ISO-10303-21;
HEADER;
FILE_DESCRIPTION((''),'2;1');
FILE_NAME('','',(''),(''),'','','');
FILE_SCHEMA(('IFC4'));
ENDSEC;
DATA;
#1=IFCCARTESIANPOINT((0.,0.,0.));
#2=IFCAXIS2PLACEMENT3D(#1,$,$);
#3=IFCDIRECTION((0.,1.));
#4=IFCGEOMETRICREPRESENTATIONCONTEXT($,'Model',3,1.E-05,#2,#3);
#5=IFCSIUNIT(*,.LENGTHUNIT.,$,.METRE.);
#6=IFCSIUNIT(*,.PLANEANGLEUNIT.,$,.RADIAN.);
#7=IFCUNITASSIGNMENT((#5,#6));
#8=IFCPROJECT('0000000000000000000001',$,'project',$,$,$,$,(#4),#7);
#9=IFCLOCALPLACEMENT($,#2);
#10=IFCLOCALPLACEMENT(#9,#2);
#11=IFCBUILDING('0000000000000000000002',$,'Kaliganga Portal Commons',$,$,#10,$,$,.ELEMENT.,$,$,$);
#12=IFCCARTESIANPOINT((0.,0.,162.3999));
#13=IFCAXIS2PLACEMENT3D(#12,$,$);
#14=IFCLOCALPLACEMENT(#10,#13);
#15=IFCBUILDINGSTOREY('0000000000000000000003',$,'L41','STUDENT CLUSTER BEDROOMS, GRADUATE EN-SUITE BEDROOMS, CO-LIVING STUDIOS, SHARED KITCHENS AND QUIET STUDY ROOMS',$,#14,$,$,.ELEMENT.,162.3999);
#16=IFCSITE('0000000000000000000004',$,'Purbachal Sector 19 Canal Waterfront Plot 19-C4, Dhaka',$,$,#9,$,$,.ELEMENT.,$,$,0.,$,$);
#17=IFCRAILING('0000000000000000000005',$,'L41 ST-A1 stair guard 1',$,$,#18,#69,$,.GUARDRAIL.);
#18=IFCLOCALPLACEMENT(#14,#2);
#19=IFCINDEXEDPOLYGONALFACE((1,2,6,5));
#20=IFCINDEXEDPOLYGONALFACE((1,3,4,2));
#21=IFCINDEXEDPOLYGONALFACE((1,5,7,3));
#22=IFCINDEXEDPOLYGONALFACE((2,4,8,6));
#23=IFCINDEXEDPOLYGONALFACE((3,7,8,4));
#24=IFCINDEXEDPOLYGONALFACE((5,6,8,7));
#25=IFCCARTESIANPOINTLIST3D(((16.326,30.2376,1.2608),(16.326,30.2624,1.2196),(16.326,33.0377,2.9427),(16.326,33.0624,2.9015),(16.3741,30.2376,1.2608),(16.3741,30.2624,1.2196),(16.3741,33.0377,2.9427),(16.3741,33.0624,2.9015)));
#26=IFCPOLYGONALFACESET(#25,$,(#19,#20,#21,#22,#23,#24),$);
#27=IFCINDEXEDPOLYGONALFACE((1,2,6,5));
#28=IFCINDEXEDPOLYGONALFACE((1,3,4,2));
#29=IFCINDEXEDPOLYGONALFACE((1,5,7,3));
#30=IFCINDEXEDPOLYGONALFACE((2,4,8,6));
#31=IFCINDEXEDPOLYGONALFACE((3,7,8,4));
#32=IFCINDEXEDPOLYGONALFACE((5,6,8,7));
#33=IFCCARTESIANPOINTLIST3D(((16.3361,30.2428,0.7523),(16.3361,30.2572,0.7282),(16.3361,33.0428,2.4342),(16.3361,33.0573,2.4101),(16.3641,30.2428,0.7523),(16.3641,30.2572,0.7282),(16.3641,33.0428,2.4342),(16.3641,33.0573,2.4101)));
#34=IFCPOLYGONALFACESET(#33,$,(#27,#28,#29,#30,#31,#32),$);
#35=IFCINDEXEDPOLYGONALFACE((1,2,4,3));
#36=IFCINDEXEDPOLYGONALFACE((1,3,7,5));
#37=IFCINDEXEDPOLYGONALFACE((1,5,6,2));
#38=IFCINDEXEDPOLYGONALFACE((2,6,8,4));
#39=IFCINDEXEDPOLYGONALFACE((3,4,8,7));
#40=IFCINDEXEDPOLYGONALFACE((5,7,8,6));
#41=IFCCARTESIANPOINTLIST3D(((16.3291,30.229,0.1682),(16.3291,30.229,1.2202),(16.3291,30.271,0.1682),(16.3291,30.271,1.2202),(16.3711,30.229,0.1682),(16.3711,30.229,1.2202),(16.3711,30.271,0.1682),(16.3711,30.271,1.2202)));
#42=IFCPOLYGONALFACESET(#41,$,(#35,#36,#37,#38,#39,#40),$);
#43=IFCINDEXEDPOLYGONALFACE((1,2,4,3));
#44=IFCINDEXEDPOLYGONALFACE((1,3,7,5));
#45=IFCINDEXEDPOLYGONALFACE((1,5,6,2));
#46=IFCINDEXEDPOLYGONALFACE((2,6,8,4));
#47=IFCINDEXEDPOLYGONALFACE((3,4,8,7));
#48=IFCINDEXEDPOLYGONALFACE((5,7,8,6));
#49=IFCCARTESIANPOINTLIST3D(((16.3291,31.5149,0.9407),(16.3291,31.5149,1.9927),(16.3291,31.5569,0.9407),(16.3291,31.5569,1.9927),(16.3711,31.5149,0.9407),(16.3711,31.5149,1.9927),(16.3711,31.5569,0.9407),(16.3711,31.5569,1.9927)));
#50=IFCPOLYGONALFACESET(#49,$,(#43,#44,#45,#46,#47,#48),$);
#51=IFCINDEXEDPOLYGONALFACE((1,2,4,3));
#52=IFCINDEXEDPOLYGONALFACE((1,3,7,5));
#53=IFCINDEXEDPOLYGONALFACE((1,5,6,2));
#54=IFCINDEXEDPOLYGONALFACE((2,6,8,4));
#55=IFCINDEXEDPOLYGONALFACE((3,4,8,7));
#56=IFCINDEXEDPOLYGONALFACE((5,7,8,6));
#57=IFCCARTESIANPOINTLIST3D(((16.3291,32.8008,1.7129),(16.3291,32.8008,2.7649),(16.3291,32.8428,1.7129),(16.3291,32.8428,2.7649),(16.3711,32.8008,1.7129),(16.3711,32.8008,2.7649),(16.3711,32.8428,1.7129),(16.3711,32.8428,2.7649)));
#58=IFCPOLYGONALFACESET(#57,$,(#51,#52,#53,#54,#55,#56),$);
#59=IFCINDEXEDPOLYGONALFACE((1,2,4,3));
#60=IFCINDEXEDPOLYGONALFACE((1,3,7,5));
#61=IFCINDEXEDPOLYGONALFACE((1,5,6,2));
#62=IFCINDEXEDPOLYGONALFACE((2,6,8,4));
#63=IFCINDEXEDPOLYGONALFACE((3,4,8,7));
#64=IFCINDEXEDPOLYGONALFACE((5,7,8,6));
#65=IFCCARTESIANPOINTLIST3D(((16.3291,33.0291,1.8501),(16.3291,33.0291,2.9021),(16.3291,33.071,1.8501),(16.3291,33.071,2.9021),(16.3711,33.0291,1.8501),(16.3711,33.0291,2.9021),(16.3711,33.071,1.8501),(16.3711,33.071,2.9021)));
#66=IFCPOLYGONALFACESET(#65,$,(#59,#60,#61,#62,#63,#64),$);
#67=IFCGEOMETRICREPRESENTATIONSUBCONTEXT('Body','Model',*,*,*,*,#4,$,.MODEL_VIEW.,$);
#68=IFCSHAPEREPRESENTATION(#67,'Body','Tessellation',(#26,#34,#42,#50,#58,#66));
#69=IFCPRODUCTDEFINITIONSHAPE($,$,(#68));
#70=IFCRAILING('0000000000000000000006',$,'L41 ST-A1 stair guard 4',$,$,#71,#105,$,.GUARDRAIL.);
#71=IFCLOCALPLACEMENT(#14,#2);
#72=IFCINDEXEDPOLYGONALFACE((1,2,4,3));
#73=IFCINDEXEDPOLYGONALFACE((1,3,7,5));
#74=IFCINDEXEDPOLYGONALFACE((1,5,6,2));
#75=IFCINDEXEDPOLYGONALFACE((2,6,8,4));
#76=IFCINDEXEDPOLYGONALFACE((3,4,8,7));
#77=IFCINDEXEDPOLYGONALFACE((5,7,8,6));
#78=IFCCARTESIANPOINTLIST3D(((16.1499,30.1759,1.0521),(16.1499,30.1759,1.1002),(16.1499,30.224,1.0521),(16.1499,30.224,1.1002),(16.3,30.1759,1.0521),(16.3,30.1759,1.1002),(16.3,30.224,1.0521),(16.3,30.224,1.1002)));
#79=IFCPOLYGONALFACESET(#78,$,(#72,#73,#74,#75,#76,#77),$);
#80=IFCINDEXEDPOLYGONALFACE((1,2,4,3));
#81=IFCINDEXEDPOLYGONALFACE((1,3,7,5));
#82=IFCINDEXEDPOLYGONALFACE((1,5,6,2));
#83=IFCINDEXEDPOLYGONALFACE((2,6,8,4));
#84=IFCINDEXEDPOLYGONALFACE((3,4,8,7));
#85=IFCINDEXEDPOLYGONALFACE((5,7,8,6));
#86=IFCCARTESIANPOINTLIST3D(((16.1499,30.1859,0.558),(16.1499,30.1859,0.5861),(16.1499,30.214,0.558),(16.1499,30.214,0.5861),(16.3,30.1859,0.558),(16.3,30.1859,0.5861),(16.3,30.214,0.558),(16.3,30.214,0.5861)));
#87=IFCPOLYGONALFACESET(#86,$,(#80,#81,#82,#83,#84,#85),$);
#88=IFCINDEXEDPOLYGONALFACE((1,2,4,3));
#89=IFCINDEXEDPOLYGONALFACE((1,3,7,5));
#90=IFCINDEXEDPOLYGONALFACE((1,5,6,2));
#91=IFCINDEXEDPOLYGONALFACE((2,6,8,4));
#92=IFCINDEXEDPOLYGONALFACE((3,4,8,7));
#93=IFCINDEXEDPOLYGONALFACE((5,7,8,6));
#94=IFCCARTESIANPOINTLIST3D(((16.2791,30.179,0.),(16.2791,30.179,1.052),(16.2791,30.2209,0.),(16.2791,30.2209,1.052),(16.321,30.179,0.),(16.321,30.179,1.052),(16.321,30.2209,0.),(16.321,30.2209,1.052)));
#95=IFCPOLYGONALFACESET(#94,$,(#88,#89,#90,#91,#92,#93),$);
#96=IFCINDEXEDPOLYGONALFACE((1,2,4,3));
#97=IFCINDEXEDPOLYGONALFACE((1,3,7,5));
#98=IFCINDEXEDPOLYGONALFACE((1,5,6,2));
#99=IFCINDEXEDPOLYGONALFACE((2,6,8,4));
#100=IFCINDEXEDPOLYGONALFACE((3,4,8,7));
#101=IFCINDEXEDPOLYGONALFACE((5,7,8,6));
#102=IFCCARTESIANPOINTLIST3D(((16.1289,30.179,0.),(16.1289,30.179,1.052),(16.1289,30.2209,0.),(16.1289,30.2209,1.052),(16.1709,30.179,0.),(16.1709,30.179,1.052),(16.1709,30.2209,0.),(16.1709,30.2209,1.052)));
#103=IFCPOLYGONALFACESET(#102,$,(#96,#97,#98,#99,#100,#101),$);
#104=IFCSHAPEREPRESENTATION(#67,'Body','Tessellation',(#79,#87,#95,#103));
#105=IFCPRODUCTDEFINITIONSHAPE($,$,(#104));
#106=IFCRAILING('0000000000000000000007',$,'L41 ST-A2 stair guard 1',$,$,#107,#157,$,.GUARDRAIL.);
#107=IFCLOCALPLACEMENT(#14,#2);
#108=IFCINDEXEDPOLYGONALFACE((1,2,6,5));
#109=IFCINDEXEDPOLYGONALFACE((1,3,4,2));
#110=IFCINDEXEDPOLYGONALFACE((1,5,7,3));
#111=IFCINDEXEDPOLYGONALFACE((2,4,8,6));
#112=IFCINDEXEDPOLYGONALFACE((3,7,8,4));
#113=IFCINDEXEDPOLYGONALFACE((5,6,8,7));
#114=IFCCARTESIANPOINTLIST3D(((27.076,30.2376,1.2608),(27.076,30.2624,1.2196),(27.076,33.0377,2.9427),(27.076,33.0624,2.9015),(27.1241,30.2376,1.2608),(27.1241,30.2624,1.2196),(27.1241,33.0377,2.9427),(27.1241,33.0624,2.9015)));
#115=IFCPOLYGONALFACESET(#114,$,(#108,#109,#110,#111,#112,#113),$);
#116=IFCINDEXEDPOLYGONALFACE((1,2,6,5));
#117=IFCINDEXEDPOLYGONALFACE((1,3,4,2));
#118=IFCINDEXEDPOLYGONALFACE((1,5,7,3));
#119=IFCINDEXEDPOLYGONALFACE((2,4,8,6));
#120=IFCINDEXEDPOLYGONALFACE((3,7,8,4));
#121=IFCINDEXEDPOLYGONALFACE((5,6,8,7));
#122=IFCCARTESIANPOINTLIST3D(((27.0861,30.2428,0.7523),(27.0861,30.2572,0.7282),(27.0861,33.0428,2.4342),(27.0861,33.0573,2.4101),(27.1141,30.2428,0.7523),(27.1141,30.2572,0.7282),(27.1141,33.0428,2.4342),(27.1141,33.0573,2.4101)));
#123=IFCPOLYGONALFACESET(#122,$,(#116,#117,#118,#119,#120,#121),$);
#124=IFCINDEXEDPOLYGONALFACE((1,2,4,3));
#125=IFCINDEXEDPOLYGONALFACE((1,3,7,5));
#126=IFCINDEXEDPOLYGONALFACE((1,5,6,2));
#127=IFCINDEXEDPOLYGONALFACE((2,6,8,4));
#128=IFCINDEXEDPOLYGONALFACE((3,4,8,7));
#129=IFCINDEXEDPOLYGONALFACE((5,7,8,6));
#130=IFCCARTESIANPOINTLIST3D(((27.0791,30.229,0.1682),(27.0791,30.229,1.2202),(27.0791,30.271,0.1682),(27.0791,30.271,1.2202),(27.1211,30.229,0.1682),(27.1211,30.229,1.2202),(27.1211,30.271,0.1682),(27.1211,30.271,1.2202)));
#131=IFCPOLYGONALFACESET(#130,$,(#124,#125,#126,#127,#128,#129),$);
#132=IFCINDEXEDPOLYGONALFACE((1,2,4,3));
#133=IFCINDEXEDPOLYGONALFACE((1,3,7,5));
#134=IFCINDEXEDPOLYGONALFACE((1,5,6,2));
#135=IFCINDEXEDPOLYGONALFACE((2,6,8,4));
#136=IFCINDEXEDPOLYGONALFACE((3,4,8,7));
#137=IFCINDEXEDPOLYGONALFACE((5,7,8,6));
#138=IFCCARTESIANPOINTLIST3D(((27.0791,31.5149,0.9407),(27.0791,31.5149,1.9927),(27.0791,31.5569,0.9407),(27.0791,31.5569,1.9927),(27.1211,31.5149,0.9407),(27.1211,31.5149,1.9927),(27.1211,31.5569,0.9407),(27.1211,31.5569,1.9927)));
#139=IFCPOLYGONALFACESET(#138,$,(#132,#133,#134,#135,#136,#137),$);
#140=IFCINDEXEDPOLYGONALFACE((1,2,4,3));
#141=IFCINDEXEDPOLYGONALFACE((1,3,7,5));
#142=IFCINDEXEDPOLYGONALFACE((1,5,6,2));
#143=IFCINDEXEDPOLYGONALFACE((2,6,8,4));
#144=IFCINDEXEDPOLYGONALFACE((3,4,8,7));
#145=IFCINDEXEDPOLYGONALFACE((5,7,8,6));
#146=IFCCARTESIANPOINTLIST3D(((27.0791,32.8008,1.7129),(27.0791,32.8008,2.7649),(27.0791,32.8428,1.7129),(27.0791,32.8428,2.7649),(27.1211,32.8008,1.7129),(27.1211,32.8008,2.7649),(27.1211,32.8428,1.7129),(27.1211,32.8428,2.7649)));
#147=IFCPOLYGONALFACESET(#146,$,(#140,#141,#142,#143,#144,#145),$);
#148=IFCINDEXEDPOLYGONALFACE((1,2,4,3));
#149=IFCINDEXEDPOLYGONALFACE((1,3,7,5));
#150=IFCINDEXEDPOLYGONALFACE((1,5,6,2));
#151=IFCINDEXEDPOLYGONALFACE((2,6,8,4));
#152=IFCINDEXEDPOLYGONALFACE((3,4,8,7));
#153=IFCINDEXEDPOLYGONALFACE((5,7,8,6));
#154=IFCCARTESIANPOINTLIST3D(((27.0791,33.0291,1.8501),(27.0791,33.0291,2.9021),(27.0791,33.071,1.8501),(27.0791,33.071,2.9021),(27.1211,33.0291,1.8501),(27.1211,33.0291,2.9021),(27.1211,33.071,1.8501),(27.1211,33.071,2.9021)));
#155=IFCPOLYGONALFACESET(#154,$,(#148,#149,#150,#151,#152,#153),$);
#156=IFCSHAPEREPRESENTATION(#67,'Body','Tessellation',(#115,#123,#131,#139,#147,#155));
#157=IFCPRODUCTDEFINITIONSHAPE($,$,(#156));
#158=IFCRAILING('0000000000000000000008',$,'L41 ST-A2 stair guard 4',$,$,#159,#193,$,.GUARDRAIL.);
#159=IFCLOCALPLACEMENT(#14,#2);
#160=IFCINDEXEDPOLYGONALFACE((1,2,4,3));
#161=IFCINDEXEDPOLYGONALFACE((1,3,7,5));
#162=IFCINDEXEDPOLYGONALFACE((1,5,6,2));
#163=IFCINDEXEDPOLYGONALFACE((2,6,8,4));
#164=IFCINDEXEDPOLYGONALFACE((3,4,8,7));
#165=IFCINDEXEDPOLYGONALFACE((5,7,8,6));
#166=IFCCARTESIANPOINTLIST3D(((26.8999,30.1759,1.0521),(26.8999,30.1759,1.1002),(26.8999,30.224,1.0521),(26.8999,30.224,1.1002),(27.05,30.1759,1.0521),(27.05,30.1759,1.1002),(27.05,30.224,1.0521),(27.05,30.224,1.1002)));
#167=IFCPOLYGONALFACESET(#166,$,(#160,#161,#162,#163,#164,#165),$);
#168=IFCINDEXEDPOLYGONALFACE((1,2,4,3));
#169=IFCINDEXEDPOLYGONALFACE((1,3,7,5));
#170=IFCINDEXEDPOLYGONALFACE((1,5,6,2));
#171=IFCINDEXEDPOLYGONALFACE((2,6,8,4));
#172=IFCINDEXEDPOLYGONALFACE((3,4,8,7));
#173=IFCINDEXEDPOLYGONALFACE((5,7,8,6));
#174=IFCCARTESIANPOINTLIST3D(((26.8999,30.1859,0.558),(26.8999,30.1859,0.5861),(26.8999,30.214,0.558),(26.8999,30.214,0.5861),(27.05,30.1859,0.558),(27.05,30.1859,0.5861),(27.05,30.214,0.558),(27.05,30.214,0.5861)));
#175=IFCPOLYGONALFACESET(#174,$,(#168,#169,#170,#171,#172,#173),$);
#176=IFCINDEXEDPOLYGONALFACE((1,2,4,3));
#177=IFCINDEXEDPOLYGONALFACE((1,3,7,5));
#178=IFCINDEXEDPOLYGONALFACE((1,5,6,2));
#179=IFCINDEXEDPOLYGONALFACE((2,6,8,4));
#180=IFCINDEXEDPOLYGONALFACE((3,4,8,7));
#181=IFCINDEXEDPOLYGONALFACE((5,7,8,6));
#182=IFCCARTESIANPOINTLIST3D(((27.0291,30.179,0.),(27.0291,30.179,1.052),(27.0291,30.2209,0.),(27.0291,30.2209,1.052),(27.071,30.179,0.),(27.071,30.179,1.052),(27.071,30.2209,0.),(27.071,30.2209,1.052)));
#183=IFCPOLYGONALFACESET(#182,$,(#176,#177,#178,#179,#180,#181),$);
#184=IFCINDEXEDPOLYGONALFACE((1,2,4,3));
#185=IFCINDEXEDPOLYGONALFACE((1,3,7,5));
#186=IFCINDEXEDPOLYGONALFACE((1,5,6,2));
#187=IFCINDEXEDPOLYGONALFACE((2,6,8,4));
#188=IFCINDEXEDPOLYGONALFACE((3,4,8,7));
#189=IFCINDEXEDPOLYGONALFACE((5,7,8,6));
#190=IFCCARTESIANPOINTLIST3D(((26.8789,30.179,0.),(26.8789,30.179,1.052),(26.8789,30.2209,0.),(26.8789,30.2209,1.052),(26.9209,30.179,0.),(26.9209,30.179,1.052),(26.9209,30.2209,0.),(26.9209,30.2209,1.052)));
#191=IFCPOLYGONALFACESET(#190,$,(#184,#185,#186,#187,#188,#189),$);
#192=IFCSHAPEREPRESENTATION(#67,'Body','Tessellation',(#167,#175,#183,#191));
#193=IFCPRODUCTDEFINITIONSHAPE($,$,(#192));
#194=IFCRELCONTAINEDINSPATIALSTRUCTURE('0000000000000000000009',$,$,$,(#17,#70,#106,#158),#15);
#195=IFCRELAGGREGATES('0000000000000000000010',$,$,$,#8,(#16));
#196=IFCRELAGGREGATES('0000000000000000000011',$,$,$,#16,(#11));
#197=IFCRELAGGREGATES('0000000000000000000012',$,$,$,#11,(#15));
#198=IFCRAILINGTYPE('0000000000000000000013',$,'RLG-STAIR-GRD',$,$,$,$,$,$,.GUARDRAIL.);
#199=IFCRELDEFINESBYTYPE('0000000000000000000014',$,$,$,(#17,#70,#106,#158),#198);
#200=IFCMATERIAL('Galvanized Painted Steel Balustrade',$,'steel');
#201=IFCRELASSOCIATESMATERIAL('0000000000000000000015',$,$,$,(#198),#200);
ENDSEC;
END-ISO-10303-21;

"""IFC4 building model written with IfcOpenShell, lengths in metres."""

from ifc_helpers import new_model, si_unit, direction, frame, origin, origin_2d, place, context, subcontext, project, spatial, rectangle, extrude, material, type_object, element, save


model = new_model("IFC4")

# Units and contexts
model_context = context("Model", 3, precision=1e-05, world=origin(), true_north=direction((0.0, 1.0)))
body_context = subcontext(model_context, "Body", "Model", "MODEL_VIEW")
ifc_project = project(units=[si_unit("LENGTHUNIT", "METRE"), si_unit("PLANEANGLEUNIT", "RADIAN")], contexts=[model_context])

# Site, building, storey
site_placement = place(None, origin())
site = spatial("IfcSite", under=ifc_project, at=site_placement, Name="Purbachal Sector 19 Canal Waterfront Plot 19-C4, Dhaka", CompositionType="ELEMENT", RefElevation=0.0)
building_placement = place(site_placement, origin())
building = spatial("IfcBuilding", under=site, at=building_placement, Name="Kaliganga Portal Commons", CompositionType="ELEMENT")
storey_placement = place(building_placement, frame((0.0, 0.0, 162.3999)))
storey = spatial("IfcBuildingStorey", under=building, at=storey_placement, Name="L41", Description="STUDENT CLUSTER BEDROOMS, GRADUATE EN-SUITE BEDROOMS, CO-LIVING STUDIOS, SHARED KITCHENS AND QUIET STUDY ROOMS", CompositionType="ELEMENT", Elevation=162.3999)

# Railings
ifc_material_1 = material(Name="Galvanized Painted Steel Balustrade", Category="steel")
railing_type_1 = type_object("IfcRailingType", Name="RLG-STAIR-GRD", PredefinedType="GUARDRAIL", material=ifc_material_1)
railing_1_placement = place(storey_placement, frame((16.3501, 30.25, 0.1682)))
element("IfcRailing", 1, at=railing_1_placement, inside=storey, type_object=railing_type_1, Name="L41 ST-A1 stair guard 1", PredefinedType="GUARDRAIL", context=body_context, shape_type="SweptSolid", body=[
    extrude(rectangle(XDim=0.0481, YDim=0.0481, at=origin_2d()), frame((0.0, 0.0, 1.072), z_axis=(0.0, 0.857242, 0.514913), x_axis=(-1.0, 0.0, 0.0)), (0.0, 0.0, 1.0), 3.2664),
    extrude(rectangle(XDim=0.0281, YDim=0.0281, at=origin_2d()), frame((0.0, 0.0, 0.572), z_axis=(0.0, 0.857242, 0.514913), x_axis=(-1.0, 0.0, 0.0)), (0.0, 0.0, 1.0), 3.2664),
    extrude(rectangle(XDim=0.042, YDim=0.042, at=origin_2d()), origin(), (0.0, 0.0, 1.0), 1.052),
    extrude(rectangle(XDim=0.042, YDim=0.042, at=origin_2d()), frame((0.0, 1.2859, 0.7725)), (0.0, 0.0, 1.0), 1.052),
    extrude(rectangle(XDim=0.042, YDim=0.042, at=origin_2d()), frame((0.0, 2.5718, 1.5447)), (0.0, 0.0, 1.0), 1.052),
    extrude(rectangle(XDim=0.042, YDim=0.042, at=origin_2d()), frame((0.0, 2.8, 1.6819)), (0.0, 0.0, 1.0), 1.052),
])
railing_2_placement = place(storey_placement, frame((16.3, 30.2, 0.0)))
element("IfcRailing", 2, at=railing_2_placement, inside=storey, type_object=railing_type_1, Name="L41 ST-A1 stair guard 4", PredefinedType="GUARDRAIL", context=body_context, shape_type="SweptSolid", body=[
    extrude(rectangle(XDim=0.0481, YDim=0.0481, at=origin_2d()), frame((0.0, 0.0, 1.0762), z_axis=(-1.0, 0.0, 0.0), x_axis=(0.0, -1.0, 0.0)), (0.0, 0.0, 1.0), 0.1501),
    extrude(rectangle(XDim=0.0281, YDim=0.0281, at=origin_2d()), frame((0.0, 0.0, 0.572), z_axis=(-1.0, 0.0, 0.0), x_axis=(0.0, -1.0, 0.0)), (0.0, 0.0, 1.0), 0.1501),
    extrude(rectangle(XDim=0.042, YDim=0.042, at=origin_2d()), origin(), (0.0, 0.0, 1.0), 1.052),
    extrude(rectangle(XDim=0.042, YDim=0.042, at=origin_2d()), frame((-0.1501, 0.0, 0.0)), (0.0, 0.0, 1.0), 1.052),
])
railing_3_placement = place(storey_placement, frame((27.1001, 30.25, 0.1682)))
element("IfcRailing", 3, at=railing_3_placement, inside=storey, type_object=railing_type_1, Name="L41 ST-A2 stair guard 1", PredefinedType="GUARDRAIL", context=body_context, shape_type="SweptSolid", body=[
    extrude(rectangle(XDim=0.0481, YDim=0.0481, at=origin_2d()), frame((0.0, 0.0, 1.072), z_axis=(0.0, 0.857242, 0.514913), x_axis=(-1.0, 0.0, 0.0)), (0.0, 0.0, 1.0), 3.2664),
    extrude(rectangle(XDim=0.0281, YDim=0.0281, at=origin_2d()), frame((0.0, 0.0, 0.572), z_axis=(0.0, 0.857242, 0.514913), x_axis=(-1.0, 0.0, 0.0)), (0.0, 0.0, 1.0), 3.2664),
    extrude(rectangle(XDim=0.042, YDim=0.042, at=origin_2d()), origin(), (0.0, 0.0, 1.0), 1.052),
    extrude(rectangle(XDim=0.042, YDim=0.042, at=origin_2d()), frame((0.0, 1.2859, 0.7725)), (0.0, 0.0, 1.0), 1.052),
    extrude(rectangle(XDim=0.042, YDim=0.042, at=origin_2d()), frame((0.0, 2.5718, 1.5447)), (0.0, 0.0, 1.0), 1.052),
    extrude(rectangle(XDim=0.042, YDim=0.042, at=origin_2d()), frame((0.0, 2.8, 1.6819)), (0.0, 0.0, 1.0), 1.052),
])
railing_4_placement = place(storey_placement, frame((27.05, 30.2, 0.0)))
element("IfcRailing", 4, at=railing_4_placement, inside=storey, type_object=railing_type_1, Name="L41 ST-A2 stair guard 4", PredefinedType="GUARDRAIL", context=body_context, shape_type="SweptSolid", body=[
    extrude(rectangle(XDim=0.0481, YDim=0.0481, at=origin_2d()), frame((0.0, 0.0, 1.0762), z_axis=(-1.0, 0.0, 0.0), x_axis=(0.0, -1.0, 0.0)), (0.0, 0.0, 1.0), 0.1501),
    extrude(rectangle(XDim=0.0281, YDim=0.0281, at=origin_2d()), frame((0.0, 0.0, 0.572), z_axis=(-1.0, 0.0, 0.0), x_axis=(0.0, -1.0, 0.0)), (0.0, 0.0, 1.0), 0.1501),
    extrude(rectangle(XDim=0.042, YDim=0.042, at=origin_2d()), origin(), (0.0, 0.0, 1.0), 1.052),
    extrude(rectangle(XDim=0.042, YDim=0.042, at=origin_2d()), frame((-0.1501, 0.0, 0.0)), (0.0, 0.0, 1.0), 1.052),
])

save(model, "model.ifc")
